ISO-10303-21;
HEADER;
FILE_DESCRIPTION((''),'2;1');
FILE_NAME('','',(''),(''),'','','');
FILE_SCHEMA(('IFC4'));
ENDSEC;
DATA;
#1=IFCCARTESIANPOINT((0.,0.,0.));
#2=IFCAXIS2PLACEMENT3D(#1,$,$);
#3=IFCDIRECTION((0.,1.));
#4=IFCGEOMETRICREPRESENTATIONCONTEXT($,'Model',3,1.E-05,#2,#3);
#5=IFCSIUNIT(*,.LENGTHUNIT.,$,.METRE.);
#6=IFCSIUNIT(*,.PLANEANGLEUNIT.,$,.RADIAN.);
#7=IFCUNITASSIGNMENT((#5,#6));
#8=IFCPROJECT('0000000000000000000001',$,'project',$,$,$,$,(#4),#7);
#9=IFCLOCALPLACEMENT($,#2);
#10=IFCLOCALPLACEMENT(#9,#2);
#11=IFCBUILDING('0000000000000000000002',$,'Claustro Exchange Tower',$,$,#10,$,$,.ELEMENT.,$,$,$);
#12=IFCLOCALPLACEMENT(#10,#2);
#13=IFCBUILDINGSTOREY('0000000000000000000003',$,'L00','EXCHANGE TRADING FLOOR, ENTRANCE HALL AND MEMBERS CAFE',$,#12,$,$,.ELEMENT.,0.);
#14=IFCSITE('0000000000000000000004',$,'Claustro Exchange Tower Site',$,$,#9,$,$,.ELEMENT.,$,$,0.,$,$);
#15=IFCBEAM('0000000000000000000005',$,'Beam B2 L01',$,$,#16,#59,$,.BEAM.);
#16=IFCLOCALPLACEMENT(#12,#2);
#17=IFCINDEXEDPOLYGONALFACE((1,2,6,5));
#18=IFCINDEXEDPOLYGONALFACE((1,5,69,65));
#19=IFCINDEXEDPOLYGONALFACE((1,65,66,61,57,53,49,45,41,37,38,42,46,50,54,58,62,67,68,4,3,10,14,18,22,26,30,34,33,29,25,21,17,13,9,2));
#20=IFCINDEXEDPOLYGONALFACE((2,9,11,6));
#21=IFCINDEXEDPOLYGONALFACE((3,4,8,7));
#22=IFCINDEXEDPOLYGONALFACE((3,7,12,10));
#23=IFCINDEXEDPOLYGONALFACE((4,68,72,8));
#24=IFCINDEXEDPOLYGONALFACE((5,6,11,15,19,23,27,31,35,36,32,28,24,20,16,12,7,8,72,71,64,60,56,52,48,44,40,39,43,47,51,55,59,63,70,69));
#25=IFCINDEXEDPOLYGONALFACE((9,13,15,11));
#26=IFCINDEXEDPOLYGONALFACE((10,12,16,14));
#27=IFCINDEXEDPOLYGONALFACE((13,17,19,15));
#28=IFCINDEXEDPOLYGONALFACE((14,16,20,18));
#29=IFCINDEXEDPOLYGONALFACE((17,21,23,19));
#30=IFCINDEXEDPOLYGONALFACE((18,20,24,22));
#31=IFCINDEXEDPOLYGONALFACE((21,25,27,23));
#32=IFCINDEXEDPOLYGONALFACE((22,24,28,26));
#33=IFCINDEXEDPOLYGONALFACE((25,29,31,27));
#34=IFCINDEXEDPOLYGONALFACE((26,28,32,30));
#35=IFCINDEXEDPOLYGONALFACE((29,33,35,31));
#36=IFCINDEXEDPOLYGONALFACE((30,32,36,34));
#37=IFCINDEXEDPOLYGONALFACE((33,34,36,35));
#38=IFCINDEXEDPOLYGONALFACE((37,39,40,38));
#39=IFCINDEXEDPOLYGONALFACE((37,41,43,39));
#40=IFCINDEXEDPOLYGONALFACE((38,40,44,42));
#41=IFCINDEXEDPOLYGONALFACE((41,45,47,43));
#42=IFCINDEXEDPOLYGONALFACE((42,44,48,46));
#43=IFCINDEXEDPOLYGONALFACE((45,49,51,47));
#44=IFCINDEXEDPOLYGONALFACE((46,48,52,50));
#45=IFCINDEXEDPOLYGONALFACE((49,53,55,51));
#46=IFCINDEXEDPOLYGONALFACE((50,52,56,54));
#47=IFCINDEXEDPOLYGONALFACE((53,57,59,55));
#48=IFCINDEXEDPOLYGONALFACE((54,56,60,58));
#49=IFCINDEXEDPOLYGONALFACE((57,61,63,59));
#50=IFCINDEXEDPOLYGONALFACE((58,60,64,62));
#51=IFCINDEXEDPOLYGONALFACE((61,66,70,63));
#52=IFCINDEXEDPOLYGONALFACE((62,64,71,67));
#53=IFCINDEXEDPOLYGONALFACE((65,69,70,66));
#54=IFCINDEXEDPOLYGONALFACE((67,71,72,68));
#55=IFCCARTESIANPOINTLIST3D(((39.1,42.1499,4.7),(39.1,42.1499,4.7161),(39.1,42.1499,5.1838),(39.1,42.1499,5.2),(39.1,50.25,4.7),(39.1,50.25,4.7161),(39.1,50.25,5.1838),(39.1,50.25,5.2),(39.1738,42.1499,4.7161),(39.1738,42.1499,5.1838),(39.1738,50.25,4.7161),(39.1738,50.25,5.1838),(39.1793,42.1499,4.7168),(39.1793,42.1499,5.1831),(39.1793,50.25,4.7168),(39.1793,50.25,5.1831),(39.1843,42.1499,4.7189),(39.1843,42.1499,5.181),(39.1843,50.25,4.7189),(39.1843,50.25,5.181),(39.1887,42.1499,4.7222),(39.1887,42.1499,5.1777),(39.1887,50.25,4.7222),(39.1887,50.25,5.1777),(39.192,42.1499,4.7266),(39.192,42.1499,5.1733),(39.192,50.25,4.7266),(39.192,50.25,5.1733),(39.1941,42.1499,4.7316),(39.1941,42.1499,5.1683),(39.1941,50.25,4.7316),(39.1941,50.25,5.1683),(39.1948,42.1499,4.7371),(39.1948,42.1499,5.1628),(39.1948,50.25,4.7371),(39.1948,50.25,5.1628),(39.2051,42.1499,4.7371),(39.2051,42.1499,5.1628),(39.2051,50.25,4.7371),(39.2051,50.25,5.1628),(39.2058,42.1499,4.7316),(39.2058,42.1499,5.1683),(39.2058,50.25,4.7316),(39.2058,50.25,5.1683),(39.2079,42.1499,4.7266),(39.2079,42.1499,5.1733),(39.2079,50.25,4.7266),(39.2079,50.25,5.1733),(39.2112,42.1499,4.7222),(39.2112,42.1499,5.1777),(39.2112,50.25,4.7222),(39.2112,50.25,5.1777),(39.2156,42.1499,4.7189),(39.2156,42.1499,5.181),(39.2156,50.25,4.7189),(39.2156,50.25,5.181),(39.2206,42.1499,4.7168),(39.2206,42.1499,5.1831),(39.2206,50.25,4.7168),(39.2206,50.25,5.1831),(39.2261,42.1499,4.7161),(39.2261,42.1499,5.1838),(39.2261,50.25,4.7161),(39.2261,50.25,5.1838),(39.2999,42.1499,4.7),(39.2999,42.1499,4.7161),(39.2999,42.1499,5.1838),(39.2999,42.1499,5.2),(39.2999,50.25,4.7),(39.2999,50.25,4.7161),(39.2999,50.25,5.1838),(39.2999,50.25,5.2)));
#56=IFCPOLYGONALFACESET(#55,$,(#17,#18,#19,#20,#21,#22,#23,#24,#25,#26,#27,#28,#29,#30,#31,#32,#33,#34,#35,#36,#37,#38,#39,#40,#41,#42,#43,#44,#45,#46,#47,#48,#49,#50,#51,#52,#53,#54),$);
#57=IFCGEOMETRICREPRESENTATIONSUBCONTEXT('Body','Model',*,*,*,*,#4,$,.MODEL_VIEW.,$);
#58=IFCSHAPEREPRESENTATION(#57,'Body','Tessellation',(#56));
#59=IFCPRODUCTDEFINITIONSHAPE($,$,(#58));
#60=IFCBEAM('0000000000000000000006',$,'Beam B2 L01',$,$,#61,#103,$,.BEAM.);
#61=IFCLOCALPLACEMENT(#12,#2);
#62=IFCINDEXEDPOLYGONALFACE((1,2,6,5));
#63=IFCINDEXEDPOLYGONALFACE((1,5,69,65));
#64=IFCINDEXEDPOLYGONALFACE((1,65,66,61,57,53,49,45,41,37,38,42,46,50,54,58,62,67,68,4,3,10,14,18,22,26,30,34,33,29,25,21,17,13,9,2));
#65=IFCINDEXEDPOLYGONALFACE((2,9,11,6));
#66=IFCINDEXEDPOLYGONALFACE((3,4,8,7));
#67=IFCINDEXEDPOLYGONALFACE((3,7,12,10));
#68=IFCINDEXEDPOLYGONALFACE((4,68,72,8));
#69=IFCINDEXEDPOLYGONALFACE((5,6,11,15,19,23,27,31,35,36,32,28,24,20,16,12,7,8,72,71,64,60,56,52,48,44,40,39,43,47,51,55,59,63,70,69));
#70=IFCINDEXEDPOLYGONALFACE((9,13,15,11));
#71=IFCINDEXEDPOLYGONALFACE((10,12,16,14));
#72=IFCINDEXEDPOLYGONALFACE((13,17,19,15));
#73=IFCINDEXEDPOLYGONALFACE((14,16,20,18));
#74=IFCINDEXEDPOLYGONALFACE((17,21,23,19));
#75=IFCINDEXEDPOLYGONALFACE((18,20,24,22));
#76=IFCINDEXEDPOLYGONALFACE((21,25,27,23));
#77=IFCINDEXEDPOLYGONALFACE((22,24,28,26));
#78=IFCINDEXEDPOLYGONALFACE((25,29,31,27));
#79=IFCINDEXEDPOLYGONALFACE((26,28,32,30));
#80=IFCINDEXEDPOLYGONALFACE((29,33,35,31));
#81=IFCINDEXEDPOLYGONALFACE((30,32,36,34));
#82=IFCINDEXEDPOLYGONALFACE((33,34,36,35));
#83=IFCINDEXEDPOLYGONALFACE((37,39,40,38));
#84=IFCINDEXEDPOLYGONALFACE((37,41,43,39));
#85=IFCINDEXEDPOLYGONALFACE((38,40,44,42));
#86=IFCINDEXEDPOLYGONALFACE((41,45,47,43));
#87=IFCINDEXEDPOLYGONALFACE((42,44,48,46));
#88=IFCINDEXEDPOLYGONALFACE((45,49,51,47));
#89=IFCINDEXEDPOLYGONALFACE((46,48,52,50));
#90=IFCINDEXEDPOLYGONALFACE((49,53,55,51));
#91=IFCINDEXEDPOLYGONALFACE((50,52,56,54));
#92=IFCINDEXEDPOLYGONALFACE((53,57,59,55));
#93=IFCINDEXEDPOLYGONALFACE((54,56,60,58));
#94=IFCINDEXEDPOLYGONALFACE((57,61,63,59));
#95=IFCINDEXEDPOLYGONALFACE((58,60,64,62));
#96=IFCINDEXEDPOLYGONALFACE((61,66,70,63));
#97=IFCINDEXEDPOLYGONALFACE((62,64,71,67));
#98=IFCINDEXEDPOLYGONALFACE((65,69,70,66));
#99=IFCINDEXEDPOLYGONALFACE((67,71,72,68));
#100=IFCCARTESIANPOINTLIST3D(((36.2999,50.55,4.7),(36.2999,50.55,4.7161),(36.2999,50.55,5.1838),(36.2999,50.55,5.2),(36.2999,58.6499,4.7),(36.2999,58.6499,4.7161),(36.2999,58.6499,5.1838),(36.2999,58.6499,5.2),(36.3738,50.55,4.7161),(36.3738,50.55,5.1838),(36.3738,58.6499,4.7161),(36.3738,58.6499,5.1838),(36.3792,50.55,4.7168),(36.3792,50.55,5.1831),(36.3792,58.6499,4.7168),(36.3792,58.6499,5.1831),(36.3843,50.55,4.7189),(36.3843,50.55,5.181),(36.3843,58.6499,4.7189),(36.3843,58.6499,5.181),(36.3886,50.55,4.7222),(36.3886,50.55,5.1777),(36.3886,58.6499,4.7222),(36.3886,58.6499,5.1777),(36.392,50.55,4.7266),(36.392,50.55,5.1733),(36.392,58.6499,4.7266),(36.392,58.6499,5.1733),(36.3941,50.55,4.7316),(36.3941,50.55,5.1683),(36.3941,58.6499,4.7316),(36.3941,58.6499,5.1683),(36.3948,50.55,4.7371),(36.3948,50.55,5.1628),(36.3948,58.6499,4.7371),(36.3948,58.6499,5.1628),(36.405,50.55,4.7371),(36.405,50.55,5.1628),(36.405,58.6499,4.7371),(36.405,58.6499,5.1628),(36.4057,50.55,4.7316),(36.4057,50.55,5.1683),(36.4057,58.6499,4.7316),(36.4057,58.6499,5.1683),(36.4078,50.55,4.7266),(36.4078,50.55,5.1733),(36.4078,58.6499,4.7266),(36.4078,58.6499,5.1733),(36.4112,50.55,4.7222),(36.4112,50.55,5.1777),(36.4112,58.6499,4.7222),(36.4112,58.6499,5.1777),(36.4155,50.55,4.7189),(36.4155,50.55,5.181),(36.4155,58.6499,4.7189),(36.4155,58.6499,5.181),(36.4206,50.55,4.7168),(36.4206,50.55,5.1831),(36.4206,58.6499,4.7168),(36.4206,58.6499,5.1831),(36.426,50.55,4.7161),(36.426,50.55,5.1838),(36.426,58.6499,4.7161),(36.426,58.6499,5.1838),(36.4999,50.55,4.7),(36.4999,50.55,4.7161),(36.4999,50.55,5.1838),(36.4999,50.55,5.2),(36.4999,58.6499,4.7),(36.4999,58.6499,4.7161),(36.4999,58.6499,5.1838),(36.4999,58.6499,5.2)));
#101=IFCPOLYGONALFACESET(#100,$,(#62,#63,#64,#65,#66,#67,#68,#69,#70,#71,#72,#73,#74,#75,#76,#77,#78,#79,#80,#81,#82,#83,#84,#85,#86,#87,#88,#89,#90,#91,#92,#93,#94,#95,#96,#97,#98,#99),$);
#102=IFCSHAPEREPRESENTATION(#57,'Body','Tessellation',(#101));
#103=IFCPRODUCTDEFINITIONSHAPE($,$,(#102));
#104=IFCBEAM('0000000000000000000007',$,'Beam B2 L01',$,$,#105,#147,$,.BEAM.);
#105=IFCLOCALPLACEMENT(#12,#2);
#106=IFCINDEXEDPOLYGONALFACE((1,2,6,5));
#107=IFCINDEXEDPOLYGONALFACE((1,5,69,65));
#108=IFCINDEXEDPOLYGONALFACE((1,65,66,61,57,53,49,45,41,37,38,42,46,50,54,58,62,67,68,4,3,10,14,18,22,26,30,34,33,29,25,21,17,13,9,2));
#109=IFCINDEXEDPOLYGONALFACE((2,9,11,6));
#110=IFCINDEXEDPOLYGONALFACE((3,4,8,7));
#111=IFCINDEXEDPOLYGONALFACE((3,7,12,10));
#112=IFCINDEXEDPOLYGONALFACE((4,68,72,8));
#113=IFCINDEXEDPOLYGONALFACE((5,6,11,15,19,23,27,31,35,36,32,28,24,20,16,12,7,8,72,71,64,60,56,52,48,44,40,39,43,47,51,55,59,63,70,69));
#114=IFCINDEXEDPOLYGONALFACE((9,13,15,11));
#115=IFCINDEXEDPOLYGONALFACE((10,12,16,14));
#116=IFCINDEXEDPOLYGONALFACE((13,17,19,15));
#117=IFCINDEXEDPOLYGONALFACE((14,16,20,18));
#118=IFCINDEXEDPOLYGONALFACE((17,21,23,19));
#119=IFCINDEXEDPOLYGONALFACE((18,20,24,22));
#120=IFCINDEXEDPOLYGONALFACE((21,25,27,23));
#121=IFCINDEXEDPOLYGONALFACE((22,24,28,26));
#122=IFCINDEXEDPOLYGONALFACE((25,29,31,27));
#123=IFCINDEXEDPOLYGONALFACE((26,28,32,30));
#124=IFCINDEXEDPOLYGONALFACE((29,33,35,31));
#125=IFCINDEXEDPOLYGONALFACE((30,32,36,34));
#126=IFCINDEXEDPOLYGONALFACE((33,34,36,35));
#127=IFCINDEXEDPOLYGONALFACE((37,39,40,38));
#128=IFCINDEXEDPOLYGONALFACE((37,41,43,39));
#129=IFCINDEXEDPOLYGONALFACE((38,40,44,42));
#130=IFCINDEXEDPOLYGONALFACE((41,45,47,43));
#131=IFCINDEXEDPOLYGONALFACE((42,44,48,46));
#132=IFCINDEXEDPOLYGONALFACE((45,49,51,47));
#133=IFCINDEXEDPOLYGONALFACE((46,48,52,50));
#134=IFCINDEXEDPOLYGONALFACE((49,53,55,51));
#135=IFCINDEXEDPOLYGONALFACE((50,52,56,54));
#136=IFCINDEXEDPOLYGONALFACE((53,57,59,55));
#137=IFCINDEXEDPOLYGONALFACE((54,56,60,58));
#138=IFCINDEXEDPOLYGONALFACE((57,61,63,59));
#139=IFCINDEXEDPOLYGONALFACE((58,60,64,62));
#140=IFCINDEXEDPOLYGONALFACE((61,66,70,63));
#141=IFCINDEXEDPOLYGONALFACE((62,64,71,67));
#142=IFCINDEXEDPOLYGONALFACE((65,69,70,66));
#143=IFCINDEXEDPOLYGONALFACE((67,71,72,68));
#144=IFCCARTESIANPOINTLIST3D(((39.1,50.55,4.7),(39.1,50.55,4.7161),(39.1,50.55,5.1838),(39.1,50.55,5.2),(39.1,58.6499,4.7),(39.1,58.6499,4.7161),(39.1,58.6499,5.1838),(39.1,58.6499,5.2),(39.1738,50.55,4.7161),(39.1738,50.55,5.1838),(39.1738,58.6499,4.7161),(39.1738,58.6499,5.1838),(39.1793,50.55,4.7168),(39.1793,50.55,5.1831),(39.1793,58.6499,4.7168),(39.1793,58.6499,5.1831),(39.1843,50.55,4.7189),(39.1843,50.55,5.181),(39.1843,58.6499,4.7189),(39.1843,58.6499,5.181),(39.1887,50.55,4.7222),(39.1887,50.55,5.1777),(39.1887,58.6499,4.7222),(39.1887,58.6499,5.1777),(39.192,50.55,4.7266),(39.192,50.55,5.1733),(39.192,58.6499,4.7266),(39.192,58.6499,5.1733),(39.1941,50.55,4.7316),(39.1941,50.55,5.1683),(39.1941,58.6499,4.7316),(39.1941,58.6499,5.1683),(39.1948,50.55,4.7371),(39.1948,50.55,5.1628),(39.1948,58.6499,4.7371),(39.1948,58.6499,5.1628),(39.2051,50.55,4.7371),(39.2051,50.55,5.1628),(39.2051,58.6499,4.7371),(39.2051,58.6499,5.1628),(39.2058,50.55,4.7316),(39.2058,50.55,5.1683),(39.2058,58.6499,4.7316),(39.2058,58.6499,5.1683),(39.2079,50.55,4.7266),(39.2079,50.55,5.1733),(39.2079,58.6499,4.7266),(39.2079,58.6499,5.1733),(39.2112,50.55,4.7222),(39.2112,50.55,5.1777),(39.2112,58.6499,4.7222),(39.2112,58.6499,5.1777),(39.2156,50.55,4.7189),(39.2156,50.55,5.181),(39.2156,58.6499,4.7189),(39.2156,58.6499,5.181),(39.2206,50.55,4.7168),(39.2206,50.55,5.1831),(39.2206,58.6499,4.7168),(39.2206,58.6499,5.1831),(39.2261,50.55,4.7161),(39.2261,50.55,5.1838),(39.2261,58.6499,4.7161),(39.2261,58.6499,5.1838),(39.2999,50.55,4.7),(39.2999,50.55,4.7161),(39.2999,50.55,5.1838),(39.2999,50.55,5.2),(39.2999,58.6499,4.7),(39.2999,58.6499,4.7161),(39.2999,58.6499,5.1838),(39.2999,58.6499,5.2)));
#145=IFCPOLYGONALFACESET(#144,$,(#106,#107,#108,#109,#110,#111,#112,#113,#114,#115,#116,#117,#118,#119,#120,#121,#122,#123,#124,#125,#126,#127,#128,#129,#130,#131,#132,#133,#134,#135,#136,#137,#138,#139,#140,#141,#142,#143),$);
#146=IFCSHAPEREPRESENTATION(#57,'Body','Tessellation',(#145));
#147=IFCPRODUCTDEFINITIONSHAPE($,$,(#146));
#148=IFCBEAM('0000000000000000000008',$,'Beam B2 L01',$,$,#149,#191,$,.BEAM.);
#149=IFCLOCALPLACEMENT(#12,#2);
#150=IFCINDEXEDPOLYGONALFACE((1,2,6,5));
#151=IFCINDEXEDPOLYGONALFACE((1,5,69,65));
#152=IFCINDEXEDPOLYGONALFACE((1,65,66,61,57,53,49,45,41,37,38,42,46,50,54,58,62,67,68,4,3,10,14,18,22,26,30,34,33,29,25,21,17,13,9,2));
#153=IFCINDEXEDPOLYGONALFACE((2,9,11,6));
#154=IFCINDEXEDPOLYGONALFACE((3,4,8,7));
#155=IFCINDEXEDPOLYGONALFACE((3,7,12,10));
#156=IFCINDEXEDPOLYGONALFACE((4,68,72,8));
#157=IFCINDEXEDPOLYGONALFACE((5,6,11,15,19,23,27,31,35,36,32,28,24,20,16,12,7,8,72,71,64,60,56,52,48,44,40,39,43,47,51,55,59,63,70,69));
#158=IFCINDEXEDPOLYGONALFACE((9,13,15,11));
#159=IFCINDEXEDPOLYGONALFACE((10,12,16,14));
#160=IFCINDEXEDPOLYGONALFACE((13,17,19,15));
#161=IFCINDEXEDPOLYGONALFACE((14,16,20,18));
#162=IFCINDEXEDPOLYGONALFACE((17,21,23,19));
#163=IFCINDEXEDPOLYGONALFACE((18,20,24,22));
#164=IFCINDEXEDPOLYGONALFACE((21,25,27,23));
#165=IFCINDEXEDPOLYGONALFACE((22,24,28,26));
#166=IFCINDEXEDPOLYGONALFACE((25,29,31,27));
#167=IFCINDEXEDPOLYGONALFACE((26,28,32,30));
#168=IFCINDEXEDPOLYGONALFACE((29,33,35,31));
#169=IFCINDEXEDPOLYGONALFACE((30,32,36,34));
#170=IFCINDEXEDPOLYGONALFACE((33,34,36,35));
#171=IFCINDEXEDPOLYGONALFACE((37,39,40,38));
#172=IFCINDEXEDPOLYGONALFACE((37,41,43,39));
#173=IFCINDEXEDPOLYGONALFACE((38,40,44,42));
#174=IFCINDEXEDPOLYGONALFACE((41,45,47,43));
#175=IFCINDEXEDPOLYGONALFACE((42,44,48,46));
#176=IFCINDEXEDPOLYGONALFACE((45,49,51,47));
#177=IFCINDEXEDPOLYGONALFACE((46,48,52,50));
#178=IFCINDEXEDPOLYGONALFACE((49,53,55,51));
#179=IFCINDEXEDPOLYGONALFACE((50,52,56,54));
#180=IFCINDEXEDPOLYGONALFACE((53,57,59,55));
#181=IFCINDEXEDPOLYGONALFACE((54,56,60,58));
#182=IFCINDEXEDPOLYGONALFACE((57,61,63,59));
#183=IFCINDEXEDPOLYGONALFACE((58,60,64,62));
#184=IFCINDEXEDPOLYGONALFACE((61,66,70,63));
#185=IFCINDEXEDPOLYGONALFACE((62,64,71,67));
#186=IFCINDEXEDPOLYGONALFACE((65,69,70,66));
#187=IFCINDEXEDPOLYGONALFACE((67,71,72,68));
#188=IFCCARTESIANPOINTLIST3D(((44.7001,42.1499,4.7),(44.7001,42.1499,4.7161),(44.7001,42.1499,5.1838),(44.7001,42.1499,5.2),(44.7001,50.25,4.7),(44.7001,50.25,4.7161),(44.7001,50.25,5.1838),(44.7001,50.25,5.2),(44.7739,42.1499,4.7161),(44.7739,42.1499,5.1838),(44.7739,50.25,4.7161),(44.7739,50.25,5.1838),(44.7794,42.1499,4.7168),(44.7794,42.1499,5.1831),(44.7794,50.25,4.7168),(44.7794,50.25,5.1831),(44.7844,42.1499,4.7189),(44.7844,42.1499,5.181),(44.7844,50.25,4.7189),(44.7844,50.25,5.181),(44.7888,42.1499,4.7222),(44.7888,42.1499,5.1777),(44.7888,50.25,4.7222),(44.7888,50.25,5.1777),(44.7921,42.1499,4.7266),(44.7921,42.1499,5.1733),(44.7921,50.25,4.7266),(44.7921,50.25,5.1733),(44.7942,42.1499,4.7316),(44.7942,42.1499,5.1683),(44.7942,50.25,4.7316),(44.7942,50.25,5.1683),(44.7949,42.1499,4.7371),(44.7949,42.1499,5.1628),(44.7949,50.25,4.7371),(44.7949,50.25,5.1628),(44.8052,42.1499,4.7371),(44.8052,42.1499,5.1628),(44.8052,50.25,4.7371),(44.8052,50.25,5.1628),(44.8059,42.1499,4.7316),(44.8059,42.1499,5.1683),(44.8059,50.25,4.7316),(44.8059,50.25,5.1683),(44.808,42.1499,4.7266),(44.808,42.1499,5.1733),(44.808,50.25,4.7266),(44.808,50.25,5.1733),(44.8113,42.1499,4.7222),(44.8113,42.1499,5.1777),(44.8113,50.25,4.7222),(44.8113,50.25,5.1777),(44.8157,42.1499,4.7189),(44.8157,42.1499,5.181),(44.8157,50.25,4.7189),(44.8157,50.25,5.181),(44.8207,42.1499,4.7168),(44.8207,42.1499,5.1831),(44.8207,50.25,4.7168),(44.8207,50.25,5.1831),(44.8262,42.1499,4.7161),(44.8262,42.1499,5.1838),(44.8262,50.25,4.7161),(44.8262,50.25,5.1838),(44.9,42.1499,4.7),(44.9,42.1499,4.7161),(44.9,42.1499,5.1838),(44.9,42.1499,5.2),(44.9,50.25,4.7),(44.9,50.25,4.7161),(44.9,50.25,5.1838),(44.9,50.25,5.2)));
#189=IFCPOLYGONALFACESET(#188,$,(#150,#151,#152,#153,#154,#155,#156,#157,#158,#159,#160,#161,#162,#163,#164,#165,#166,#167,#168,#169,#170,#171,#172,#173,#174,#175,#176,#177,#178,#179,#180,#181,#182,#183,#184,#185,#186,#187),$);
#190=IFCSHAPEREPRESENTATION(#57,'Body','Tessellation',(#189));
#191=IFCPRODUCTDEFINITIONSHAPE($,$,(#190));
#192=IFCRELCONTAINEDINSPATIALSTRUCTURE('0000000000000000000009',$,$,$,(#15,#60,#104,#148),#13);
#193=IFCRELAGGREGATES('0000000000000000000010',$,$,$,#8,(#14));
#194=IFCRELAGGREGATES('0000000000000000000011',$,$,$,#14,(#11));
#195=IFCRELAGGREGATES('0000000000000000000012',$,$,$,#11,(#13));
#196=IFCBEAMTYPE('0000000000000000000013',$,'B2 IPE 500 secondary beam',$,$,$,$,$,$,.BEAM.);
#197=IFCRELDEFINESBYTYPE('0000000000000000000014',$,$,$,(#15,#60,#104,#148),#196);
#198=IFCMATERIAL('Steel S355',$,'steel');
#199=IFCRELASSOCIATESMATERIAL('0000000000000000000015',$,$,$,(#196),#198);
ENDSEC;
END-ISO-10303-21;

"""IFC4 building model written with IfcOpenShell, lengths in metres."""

from ifc_helpers import new_model, si_unit, direction, frame, origin, origin_2d, place, context, subcontext, project, spatial, i_section, extrude, material, material_profile, profile_set, type_object, element, save


model = new_model("IFC4")

# Units and contexts
model_context = context("Model", 3, precision=1e-05, world=origin(), true_north=direction((0.0, 1.0)))
body_context = subcontext(model_context, "Body", "Model", "MODEL_VIEW")
ifc_project = project(units=[si_unit("LENGTHUNIT", "METRE"), si_unit("PLANEANGLEUNIT", "RADIAN")], contexts=[model_context])

# Site, building, storey
site_placement = place(None, origin())
site = spatial("IfcSite", under=ifc_project, at=site_placement, Name="Claustro Exchange Tower Site", CompositionType="ELEMENT", RefElevation=0.0)
building_placement = place(site_placement, origin())
building = spatial("IfcBuilding", under=site, at=building_placement, Name="Claustro Exchange Tower", CompositionType="ELEMENT")
storey_placement = place(building_placement, origin())
storey = spatial("IfcBuildingStorey", under=building, at=storey_placement, Name="L00", Description="EXCHANGE TRADING FLOOR, ENTRANCE HALL AND MEMBERS CAFE", CompositionType="ELEMENT", Elevation=0.0)

# Beams
ifc_material_1 = material(Name="Steel S355", Category="steel")
ifc_material_profile_1 = material_profile(ifc_material_1, i_section(OverallWidth=0.2, OverallDepth=0.5, WebThickness=0.0103, FlangeThickness=0.0161, FilletRadius=0.021, at=origin_2d()), Name="IPE 500")
ifc_profile_set_1 = profile_set([ifc_material_profile_1], Name="Steel S355")
beam_type_1 = type_object("IfcBeamType", Name="B2 IPE 500 secondary beam", PredefinedType="BEAM", material=ifc_profile_set_1)
for number, where, z_axis, x_axis, name in (
    (1, (39.2, 42.1499, 4.95), (0.0, 1.0, 0.0), (-1.0, 0.0, 0.0), "Beam B2 L01"),
):
    element("IfcBeam", number, at=place(storey_placement, frame(where, z_axis=z_axis, x_axis=x_axis)), inside=storey, type_object=beam_type_1, Name=name, PredefinedType="BEAM", context=body_context, shape_type="SweptSolid", body=[
        extrude(i_section(OverallWidth=0.2, OverallDepth=0.5, WebThickness=0.0103, FlangeThickness=0.0161, FilletRadius=0.021, at=origin_2d()), origin(), (0.0, 0.0, 1.0), 8.1001),
    ])
for number, where, z_axis, x_axis, name in (
    (2, (36.3999, 50.55, 4.95), (0.0, 1.0, 0.0), (-1.0, 0.0, 0.0), "Beam B2 L01"),
    (3, (39.2, 50.55, 4.95), (0.0, 1.0, 0.0), (-1.0, 0.0, 0.0), "Beam B2 L01"),
):
    element("IfcBeam", number, at=place(storey_placement, frame(where, z_axis=z_axis, x_axis=x_axis)), inside=storey, type_object=beam_type_1, Name=name, PredefinedType="BEAM", context=body_context, shape_type="SweptSolid", body=[
        extrude(i_section(OverallWidth=0.2, OverallDepth=0.5, WebThickness=0.0103, FlangeThickness=0.0161, FilletRadius=0.021, at=origin_2d()), origin(), (0.0, 0.0, 1.0), 8.0999),
    ])
for number, where, z_axis, x_axis, name in (
    (4, (44.8, 42.1499, 4.95), (0.0, 1.0, 0.0), (-1.0, 0.0, 0.0), "Beam B2 L01"),
):
    element("IfcBeam", number, at=place(storey_placement, frame(where, z_axis=z_axis, x_axis=x_axis)), inside=storey, type_object=beam_type_1, Name=name, PredefinedType="BEAM", context=body_context, shape_type="SweptSolid", body=[
        extrude(i_section(OverallWidth=0.2, OverallDepth=0.5, WebThickness=0.0103, FlangeThickness=0.0161, FilletRadius=0.021, at=origin_2d()), origin(), (0.0, 0.0, 1.0), 8.1001),
    ])

save(model, "model.ifc")
